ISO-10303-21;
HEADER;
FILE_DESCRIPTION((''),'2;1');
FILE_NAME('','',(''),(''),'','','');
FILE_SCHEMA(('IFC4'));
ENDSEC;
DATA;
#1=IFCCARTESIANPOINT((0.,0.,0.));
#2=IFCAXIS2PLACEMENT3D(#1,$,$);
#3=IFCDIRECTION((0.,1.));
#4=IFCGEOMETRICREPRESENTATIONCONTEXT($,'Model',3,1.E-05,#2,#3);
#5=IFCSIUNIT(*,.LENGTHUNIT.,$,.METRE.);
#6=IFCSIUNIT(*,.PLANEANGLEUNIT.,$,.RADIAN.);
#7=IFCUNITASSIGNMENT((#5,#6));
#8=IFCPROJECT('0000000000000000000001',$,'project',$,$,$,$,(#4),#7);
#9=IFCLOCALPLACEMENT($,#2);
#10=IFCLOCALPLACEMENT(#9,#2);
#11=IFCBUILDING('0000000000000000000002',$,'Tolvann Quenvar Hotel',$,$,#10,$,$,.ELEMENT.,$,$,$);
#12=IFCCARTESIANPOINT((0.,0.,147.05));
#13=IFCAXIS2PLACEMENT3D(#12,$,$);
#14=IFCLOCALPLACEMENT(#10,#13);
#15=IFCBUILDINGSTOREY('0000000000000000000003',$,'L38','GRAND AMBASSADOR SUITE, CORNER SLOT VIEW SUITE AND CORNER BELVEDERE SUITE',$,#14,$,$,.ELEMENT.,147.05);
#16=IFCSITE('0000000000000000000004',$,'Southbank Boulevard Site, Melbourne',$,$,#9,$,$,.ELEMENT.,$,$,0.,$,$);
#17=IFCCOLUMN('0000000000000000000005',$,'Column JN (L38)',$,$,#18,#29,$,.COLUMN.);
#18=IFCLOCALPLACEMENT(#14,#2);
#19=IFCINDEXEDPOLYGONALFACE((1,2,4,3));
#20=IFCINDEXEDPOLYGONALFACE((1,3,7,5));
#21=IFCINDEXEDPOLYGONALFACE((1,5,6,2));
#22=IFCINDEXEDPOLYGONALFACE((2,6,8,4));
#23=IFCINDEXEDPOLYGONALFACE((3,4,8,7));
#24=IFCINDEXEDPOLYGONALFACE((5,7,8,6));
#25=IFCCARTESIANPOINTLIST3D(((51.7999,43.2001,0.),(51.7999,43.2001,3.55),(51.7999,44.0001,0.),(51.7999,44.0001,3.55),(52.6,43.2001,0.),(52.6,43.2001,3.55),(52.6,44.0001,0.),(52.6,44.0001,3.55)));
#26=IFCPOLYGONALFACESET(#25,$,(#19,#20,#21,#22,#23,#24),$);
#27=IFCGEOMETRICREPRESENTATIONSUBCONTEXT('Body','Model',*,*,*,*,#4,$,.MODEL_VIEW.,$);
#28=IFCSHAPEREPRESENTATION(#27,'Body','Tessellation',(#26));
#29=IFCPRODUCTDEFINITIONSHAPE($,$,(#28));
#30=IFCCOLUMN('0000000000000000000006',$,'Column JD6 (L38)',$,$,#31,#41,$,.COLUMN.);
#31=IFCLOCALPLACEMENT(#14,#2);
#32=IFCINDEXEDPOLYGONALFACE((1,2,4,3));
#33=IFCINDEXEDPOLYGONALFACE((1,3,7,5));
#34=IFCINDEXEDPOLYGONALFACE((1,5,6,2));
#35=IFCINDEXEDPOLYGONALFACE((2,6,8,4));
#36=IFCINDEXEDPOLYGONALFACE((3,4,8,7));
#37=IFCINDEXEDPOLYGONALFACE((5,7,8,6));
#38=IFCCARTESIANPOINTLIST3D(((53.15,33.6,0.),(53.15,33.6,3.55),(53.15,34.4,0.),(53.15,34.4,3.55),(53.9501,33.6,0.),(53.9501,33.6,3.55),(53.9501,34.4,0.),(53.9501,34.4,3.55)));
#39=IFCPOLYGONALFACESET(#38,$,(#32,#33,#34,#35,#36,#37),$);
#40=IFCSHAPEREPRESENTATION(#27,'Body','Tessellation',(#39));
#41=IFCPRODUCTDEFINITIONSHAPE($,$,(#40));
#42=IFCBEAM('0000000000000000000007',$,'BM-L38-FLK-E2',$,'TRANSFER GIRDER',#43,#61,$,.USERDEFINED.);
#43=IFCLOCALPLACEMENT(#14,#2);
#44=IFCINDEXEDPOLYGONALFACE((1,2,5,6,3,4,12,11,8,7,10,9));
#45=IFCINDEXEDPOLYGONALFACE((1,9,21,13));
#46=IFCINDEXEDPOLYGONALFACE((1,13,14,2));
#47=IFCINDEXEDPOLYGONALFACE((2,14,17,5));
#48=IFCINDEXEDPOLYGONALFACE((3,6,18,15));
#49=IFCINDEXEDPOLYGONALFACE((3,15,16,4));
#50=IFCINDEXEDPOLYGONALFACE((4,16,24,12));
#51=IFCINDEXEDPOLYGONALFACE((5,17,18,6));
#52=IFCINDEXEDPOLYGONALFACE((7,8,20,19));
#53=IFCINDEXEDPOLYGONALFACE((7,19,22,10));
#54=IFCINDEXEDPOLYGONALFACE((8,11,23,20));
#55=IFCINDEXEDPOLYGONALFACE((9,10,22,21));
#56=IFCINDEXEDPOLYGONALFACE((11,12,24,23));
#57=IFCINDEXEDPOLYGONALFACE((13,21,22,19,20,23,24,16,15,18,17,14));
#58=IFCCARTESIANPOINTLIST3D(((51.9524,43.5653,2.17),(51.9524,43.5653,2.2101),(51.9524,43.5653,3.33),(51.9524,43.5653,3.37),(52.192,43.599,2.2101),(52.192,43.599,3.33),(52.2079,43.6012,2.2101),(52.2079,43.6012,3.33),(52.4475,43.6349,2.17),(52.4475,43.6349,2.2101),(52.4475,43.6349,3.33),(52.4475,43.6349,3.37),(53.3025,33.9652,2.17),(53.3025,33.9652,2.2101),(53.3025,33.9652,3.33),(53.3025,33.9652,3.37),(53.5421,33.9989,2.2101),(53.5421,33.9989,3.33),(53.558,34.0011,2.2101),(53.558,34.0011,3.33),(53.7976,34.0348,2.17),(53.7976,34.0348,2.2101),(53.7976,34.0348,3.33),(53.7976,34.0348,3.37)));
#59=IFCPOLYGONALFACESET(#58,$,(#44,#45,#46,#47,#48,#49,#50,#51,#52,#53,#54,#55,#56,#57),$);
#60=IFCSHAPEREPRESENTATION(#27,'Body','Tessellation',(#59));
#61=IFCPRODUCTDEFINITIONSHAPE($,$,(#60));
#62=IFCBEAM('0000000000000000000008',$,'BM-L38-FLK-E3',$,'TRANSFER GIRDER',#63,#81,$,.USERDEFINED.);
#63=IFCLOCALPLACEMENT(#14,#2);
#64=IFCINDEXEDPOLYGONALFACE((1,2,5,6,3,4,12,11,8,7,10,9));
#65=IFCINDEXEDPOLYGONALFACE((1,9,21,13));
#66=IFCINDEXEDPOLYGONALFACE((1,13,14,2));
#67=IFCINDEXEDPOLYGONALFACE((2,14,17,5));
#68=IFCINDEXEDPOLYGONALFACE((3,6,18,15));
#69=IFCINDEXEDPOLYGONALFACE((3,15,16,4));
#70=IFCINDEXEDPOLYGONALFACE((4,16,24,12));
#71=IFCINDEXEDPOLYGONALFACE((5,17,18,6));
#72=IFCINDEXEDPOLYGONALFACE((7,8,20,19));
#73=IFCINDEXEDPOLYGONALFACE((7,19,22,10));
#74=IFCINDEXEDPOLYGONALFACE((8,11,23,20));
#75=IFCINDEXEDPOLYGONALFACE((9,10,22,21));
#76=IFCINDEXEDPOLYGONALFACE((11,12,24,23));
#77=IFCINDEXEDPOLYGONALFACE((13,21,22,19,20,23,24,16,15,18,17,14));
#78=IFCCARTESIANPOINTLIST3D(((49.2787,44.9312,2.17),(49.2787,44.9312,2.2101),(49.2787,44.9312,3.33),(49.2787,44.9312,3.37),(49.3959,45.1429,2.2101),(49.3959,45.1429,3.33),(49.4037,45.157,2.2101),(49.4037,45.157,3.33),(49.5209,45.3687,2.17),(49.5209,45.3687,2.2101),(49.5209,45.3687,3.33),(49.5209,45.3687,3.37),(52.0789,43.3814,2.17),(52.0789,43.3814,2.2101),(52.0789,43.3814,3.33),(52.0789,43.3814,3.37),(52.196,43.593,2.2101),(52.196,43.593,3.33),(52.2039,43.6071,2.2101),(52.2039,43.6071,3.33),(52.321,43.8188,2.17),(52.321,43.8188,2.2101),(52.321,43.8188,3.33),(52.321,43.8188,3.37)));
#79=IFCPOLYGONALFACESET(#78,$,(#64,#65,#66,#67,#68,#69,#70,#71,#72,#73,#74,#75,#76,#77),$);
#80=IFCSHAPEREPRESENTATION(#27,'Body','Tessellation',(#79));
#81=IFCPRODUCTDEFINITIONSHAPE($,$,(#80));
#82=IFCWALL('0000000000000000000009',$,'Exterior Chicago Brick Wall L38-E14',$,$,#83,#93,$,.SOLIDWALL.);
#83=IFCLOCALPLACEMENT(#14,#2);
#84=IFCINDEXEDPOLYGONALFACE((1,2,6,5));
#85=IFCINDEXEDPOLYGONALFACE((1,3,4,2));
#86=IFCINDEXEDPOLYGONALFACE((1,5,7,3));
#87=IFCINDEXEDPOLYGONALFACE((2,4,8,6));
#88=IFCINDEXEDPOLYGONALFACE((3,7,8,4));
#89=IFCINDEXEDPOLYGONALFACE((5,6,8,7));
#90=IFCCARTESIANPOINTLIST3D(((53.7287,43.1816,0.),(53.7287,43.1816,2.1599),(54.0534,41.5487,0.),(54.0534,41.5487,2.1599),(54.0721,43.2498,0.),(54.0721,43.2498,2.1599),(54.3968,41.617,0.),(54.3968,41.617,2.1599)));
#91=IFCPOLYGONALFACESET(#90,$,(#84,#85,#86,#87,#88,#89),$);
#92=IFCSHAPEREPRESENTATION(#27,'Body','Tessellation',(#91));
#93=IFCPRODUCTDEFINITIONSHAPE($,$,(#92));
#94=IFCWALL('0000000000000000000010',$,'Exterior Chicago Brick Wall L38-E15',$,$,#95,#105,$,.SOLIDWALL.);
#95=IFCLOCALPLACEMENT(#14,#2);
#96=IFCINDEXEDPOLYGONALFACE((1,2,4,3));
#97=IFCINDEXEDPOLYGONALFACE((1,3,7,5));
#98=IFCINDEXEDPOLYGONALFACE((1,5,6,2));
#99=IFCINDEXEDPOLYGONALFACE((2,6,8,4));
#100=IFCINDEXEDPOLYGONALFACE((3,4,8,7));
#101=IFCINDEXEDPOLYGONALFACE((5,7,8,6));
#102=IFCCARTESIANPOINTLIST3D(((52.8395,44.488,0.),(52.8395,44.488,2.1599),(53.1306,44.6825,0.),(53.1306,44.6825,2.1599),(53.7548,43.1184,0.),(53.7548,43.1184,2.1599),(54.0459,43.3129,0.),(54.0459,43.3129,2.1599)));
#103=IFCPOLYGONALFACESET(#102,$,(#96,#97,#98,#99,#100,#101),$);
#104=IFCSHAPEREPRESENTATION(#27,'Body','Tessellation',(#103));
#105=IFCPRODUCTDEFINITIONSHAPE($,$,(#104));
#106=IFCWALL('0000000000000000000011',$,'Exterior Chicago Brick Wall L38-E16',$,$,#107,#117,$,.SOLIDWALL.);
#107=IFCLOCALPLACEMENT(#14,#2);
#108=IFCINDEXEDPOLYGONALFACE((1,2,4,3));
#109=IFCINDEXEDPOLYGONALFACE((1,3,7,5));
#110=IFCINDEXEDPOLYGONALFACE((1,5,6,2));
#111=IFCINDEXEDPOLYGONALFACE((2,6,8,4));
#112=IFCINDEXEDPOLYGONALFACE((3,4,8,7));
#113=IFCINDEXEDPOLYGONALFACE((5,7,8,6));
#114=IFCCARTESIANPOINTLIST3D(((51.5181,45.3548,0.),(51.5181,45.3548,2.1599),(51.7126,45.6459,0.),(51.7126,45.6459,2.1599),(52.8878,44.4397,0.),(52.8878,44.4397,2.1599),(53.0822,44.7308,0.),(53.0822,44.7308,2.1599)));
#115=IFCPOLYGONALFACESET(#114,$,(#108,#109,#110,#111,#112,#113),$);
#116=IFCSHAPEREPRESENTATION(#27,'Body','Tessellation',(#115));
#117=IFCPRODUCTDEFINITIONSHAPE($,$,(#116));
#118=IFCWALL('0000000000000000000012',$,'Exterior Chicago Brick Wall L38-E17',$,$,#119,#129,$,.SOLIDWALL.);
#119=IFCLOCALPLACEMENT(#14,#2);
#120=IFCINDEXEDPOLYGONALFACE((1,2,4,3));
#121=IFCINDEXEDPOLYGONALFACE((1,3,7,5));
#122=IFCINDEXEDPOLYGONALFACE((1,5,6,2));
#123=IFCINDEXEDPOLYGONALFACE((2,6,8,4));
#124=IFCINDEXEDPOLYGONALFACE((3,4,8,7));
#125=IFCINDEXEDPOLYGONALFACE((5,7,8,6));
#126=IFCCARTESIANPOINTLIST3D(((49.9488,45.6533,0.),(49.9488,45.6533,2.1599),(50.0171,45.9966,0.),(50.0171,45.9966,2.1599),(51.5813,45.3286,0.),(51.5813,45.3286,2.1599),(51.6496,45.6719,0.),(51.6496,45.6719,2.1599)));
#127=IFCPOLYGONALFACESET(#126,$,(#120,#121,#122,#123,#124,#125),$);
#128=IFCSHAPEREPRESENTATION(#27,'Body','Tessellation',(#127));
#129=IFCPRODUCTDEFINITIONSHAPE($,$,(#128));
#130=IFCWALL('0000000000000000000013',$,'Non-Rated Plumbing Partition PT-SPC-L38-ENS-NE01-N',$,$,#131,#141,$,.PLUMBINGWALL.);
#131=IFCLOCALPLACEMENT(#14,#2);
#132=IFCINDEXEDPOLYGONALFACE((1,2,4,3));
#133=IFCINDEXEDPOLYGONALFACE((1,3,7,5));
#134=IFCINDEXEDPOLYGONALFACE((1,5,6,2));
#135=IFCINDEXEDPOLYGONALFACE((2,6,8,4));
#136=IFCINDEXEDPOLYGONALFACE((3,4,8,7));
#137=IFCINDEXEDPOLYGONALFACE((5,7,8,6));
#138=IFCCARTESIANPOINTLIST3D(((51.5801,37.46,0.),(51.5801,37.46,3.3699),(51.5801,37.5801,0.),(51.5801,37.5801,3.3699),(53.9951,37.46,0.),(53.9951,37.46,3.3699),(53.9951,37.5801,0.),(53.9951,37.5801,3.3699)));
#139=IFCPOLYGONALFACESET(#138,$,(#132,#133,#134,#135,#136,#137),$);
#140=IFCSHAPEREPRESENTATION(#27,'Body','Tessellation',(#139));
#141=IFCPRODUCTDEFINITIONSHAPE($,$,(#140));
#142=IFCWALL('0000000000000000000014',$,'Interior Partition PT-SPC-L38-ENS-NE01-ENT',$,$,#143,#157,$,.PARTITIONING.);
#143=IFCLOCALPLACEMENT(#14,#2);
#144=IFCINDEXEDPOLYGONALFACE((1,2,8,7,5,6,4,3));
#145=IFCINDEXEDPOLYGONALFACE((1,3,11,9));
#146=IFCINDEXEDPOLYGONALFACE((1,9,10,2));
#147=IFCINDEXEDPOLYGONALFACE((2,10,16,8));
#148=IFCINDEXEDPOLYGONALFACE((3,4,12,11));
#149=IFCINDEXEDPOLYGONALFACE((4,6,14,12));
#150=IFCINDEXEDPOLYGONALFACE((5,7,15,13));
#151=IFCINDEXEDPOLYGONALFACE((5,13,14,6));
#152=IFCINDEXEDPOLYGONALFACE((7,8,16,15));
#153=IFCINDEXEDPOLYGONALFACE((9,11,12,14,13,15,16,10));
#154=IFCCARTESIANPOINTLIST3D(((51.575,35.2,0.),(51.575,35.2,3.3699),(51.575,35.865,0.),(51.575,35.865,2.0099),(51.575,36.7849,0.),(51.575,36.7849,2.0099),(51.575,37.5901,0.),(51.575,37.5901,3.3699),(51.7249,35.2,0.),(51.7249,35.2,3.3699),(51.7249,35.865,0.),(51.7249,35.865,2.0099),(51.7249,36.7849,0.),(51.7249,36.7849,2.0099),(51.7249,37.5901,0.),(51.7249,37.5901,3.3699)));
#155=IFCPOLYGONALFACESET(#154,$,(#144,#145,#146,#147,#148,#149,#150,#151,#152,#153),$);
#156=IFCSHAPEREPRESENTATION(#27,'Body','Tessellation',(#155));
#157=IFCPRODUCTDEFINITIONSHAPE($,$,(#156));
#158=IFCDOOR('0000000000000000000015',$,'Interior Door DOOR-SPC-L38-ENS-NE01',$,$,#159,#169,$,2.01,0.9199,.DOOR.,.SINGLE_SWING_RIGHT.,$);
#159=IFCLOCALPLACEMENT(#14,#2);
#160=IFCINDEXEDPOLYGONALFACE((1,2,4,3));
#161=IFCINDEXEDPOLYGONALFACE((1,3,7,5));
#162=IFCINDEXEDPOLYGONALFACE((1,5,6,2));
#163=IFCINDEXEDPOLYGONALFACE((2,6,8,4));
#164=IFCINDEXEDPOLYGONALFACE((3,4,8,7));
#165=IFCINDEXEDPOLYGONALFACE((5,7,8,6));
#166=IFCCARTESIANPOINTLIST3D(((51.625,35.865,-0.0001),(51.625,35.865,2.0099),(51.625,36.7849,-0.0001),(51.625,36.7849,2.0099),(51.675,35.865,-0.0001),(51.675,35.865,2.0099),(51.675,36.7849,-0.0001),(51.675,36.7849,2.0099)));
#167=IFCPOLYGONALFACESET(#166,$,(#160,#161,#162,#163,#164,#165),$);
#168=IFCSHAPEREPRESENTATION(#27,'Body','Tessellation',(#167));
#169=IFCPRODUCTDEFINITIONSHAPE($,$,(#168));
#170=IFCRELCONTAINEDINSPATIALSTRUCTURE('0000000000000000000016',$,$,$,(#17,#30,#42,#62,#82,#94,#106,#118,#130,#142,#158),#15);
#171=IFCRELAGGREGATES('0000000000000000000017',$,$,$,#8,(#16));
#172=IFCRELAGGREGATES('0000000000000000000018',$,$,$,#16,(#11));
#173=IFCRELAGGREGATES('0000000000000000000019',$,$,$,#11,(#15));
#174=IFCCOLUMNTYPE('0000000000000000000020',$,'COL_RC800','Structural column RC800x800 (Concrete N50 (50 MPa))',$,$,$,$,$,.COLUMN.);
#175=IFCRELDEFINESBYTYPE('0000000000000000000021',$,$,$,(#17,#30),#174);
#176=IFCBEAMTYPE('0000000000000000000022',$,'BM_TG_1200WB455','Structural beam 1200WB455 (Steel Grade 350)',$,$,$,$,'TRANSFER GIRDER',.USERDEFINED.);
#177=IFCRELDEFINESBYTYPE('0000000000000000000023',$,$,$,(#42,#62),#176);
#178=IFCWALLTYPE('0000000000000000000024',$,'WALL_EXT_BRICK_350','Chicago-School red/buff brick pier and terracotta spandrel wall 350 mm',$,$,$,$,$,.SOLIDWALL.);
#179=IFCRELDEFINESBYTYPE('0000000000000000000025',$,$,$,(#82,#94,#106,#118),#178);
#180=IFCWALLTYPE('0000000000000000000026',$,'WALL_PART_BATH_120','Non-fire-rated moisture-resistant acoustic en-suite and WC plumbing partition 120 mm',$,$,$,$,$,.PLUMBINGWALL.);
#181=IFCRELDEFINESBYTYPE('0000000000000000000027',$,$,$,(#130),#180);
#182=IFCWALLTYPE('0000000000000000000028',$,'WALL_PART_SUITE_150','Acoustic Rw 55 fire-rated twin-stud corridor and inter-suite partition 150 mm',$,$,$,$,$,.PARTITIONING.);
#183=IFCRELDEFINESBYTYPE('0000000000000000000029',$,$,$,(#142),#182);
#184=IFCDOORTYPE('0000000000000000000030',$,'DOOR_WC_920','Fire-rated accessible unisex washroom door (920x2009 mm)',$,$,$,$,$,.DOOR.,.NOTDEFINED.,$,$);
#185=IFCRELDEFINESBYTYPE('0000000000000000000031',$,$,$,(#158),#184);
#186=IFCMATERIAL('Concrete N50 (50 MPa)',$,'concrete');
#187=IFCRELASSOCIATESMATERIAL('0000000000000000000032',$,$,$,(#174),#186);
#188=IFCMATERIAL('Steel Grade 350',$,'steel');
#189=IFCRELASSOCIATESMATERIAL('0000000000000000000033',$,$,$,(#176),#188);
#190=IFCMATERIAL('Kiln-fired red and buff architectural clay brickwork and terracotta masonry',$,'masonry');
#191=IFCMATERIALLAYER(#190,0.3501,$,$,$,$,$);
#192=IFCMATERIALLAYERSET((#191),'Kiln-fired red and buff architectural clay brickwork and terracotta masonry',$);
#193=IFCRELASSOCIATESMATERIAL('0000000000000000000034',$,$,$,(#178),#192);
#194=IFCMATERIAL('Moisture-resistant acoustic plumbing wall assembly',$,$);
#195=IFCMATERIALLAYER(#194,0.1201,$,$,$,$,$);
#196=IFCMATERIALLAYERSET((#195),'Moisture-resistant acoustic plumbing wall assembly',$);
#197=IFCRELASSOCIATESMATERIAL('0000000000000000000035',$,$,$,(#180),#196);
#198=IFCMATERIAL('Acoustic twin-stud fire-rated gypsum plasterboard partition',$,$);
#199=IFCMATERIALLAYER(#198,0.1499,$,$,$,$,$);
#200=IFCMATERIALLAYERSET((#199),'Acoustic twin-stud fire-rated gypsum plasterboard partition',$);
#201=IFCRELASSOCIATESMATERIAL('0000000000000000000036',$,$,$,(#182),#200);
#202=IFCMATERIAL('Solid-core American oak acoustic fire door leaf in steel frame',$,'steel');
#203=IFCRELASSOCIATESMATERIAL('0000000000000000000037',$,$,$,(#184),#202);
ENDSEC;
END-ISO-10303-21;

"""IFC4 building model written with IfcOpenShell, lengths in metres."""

from ifc_helpers import new_model, si_unit, direction, frame, frame_2d, origin, origin_2d, place, context, subcontext, project, spatial, rectangle, i_section, extrude, source, transform, mapped, material, layer, layer_set, material_profile, profile_set, type_object, type_shapes, element, fill, save


model = new_model("IFC4")

# Units and contexts
model_context = context("Model", 3, precision=1e-05, world=origin(), true_north=direction((0.0, 1.0)))
body_context = subcontext(model_context, "Body", "Model", "MODEL_VIEW")
ifc_project = project(units=[si_unit("LENGTHUNIT", "METRE"), si_unit("PLANEANGLEUNIT", "RADIAN")], contexts=[model_context])

# Site, building, storey
site_placement = place(None, origin())
site = spatial("IfcSite", under=ifc_project, at=site_placement, Name="Southbank Boulevard Site, Melbourne", CompositionType="ELEMENT", RefElevation=0.0)
building_placement = place(site_placement, origin())
building = spatial("IfcBuilding", under=site, at=building_placement, Name="Tolvann Quenvar Hotel", CompositionType="ELEMENT")
storey_placement = place(building_placement, frame((0.0, 0.0, 147.05)))
storey = spatial("IfcBuildingStorey", under=building, at=storey_placement, Name="L38", Description="GRAND AMBASSADOR SUITE, CORNER SLOT VIEW SUITE AND CORNER BELVEDERE SUITE", CompositionType="ELEMENT", Elevation=147.05)

# Columns
ifc_material_1 = material(Name="Concrete N50 (50 MPa)", Category="concrete")
ifc_material_profile_1 = material_profile(ifc_material_1, rectangle(XDim=0.8, YDim=0.8, at=origin_2d()), Name="RC800x800")
ifc_profile_set_1 = profile_set([ifc_material_profile_1], Name="Concrete N50 (50 MPa)")
column_type = type_object("IfcColumnType", Name="COL_RC800", Description="Structural column RC800x800 (Concrete N50 (50 MPa))", PredefinedType="COLUMN", material=ifc_profile_set_1)
shared_shape_1 = source(origin(), body_context, "Body", "SweptSolid", [
    extrude(rectangle(XDim=0.8, YDim=0.8, at=origin_2d()), origin(), (0.0, 0.0, 1.0), 3.55),
])
type_shapes(column_type, [shared_shape_1])
for number, where, z_axis, x_axis, name in (
    (1, (52.2, 43.6001, 0.0), (0.0, 0.0, 1.0), (1.0, 0.0, 0.0), "Column JN (L38)"),
    (2, (53.55, 34.0, 0.0), (0.0, 0.0, 1.0), (1.0, 0.0, 0.0), "Column JD6 (L38)"),
):
    element("IfcColumn", number, at=place(storey_placement, frame(where, z_axis=z_axis, x_axis=x_axis)), inside=storey, type_object=column_type, Name=name, PredefinedType="COLUMN", context=body_context, shape_type="MappedRepresentation", body=[
        mapped(shared_shape_1, transform((0.0, 0.0, 0.0), x_axis=(1.0, 0.0, 0.0), y_axis=(0.0, 1.0, 0.0), z_axis=(0.0, 0.0, 1.0), scale=1.0)),
    ])

# Beams
ifc_material_2 = material(Name="Steel Grade 350", Category="steel")
ifc_material_profile_2 = material_profile(ifc_material_2, i_section(OverallWidth=0.5, OverallDepth=1.2, WebThickness=0.0161, FlangeThickness=0.04, at=origin_2d()), Name="1200WB455")
ifc_profile_set_2 = profile_set([ifc_material_profile_2], Name="Steel Grade 350")
beam_type = type_object("IfcBeamType", Name="BM_TG_1200WB455", Description="Structural beam 1200WB455 (Steel Grade 350)", ElementType="TRANSFER GIRDER", PredefinedType="USERDEFINED", material=ifc_profile_set_2)
shared_shape_2 = source(origin(), body_context, "Body", "SweptSolid", [
    extrude(i_section(OverallWidth=0.5, OverallDepth=1.2, WebThickness=0.0161, FlangeThickness=0.04, at=origin_2d()), origin(), (0.0, 0.0, 1.0), 9.6946),
])
beam_1_placement = place(storey_placement, frame((53.55, 34.0, 2.77), z_axis=(-0.139263, 0.990255, 0.0), x_axis=(-0.990255, -0.139263, 0.0)))
element("IfcBeam", 3, at=beam_1_placement, inside=storey, type_object=beam_type, Name="BM-L38-FLK-E2", ObjectType="TRANSFER GIRDER", PredefinedType="USERDEFINED", context=body_context, shape_type="MappedRepresentation", body=[
    mapped(shared_shape_2, transform((0.0, 0.0, 0.0), x_axis=(1.0, 0.0, 0.0), y_axis=(0.0, 1.0, 0.0), z_axis=(0.0, 0.0, 1.0), scale=1.0)),
])
shared_shape_3 = source(origin(), body_context, "Body", "SweptSolid", [
    extrude(i_section(OverallWidth=0.5, OverallDepth=1.2, WebThickness=0.0161, FlangeThickness=0.04, at=origin_2d()), origin(), (0.0, 0.0, 1.0), 3.2004),
])
type_shapes(beam_type, [shared_shape_2, shared_shape_3])
beam_2_placement = place(storey_placement, frame((52.2, 43.6001, 2.77), z_axis=(-0.874923, 0.484263, 0.0), x_axis=(-0.484263, -0.874923, 0.0)))
element("IfcBeam", 4, at=beam_2_placement, inside=storey, type_object=beam_type, Name="BM-L38-FLK-E3", ObjectType="TRANSFER GIRDER", PredefinedType="USERDEFINED", context=body_context, shape_type="MappedRepresentation", body=[
    mapped(shared_shape_3, transform((0.0, 0.0, 0.0), x_axis=(1.0, 0.0, 0.0), y_axis=(0.0, 1.0, 0.0), z_axis=(0.0, 0.0, 1.0), scale=1.0)),
])

# Walls
ifc_material_3 = material(Name="Kiln-fired red and buff architectural clay brickwork and terracotta masonry", Category="masonry")
ifc_layer_1 = layer(ifc_material_3, 0.3501)
ifc_layer_set_1 = layer_set([ifc_layer_1], Name="Kiln-fired red and buff architectural clay brickwork and terracotta masonry")
wall_type_1 = type_object("IfcWallType", Name="WALL_EXT_BRICK_350", Description="Chicago-School red/buff brick pier and terracotta spandrel wall 350 mm", PredefinedType="SOLIDWALL", material=ifc_layer_set_1)
wall_1_placement = place(storey_placement, frame((54.2251, 41.5828, 0.0), z_axis=(0.0, 0.0, 1.0), x_axis=(-0.195044, 0.980794, 0.0)))
element("IfcWall", 5, at=wall_1_placement, inside=storey, type_object=wall_type_1, Name="Exterior Chicago Brick Wall L38-E14", PredefinedType="SOLIDWALL", context=body_context, shape_type="SweptSolid", body=[
    extrude(rectangle(XDim=1.6648, YDim=0.3501, at=frame_2d((0.8325, 0.0))), origin(), (0.0, 0.0, 1.0), 2.1599),
])
for number, where, z_axis, x_axis, name in (
    (6, (53.9004, 43.2156, 0.0), (0.0, 0.0, 1.0), (-0.555623, 0.831434, 0.0), "Exterior Chicago Brick Wall L38-E15"),
    (7, (52.9851, 44.5852, 0.0), (0.0, 0.0, 1.0), (-0.831503, 0.555521, 0.0), "Exterior Chicago Brick Wall L38-E16"),
):
    element("IfcWall", number, at=place(storey_placement, frame(where, z_axis=z_axis, x_axis=x_axis)), inside=storey, type_object=wall_type_1, Name=name, PredefinedType="SOLIDWALL", context=body_context, shape_type="SweptSolid", body=[
        extrude(rectangle(XDim=1.6472, YDim=0.3501, at=frame_2d((0.8237, 0.0))), origin(), (0.0, 0.0, 1.0), 2.1599),
    ])
wall_2_placement = place(storey_placement, frame((51.6155, 45.5002, 0.0), z_axis=(0.0, 0.0, 1.0), x_axis=(-0.980789, 0.195072, 0.0)))
element("IfcWall", 8, at=wall_2_placement, inside=storey, type_object=wall_type_1, Name="Exterior Chicago Brick Wall L38-E17", PredefinedType="SOLIDWALL", context=body_context, shape_type="SweptSolid", body=[
    extrude(rectangle(XDim=1.6646, YDim=0.3501, at=frame_2d((0.8323, 0.0))), origin(), (0.0, 0.0, 1.0), 2.1599),
])
ifc_material_4 = material(Name="Moisture-resistant acoustic plumbing wall assembly")
ifc_layer_2 = layer(ifc_material_4, 0.1201)
ifc_layer_set_2 = layer_set([ifc_layer_2], Name="Moisture-resistant acoustic plumbing wall assembly")
wall_type_2 = type_object("IfcWallType", Name="WALL_PART_BATH_120", Description="Non-fire-rated moisture-resistant acoustic en-suite and WC plumbing partition 120 mm", PredefinedType="PLUMBINGWALL", material=ifc_layer_set_2)
wall_3_placement = place(storey_placement, frame((51.5801, 37.52, 0.0), z_axis=(0.0, 0.0, 1.0), x_axis=(1.0, 0.0, 0.0)))
element("IfcWall", 9, at=wall_3_placement, inside=storey, type_object=wall_type_2, Name="Non-Rated Plumbing Partition PT-SPC-L38-ENS-NE01-N", PredefinedType="PLUMBINGWALL", context=body_context, shape_type="SweptSolid", body=[
    extrude(rectangle(XDim=2.415, YDim=0.1201, at=frame_2d((1.2075, 0.0))), origin(), (0.0, 0.0, 1.0), 3.3699),
])

# Wall, opening, door
ifc_material_5 = material(Name="Acoustic twin-stud fire-rated gypsum plasterboard partition")
ifc_layer_3 = layer(ifc_material_5, 0.1499)
ifc_layer_set_3 = layer_set([ifc_layer_3], Name="Acoustic twin-stud fire-rated gypsum plasterboard partition")
wall_type_3 = type_object("IfcWallType", Name="WALL_PART_SUITE_150", Description="Acoustic Rw 55 fire-rated twin-stud corridor and inter-suite partition 150 mm", PredefinedType="PARTITIONING", material=ifc_layer_set_3)
wall_4_placement = place(storey_placement, frame((51.6499, 35.2, 0.0), z_axis=(0.0, 0.0, 1.0), x_axis=(0.0, 1.0, 0.0)))
wall_4 = element("IfcWall", 10, at=wall_4_placement, inside=storey, type_object=wall_type_3, Name="Interior Partition PT-SPC-L38-ENS-NE01-ENT", PredefinedType="PARTITIONING", context=body_context, shape_type="SweptSolid", body=[
    extrude(rectangle(XDim=2.3901, YDim=0.1499, at=frame_2d((1.1951, 0.0))), origin(), (0.0, 0.0, 1.0), 3.3699),
])
opening_1_placement = place(wall_4_placement, frame((0.665, 0.0, 0.0)))
opening_1 = element("IfcOpeningElement", 11, at=opening_1_placement, cuts=wall_4, PredefinedType="OPENING", context=body_context, shape_type="SweptSolid", body=[
    extrude(rectangle(XDim=0.9199, YDim=2.01, at=frame_2d((0.46, 1.0049))), frame((0.0, 0.085, 0.0), z_axis=(0.0, -1.0, 0.0), x_axis=(1.0, 0.0, 0.0)), (0.0, 0.0, 1.0), 0.1699),
])
ifc_material_6 = material(Name="Solid-core American oak acoustic fire door leaf in steel frame", Category="steel")
door_type = type_object("IfcDoorType", Name="DOOR_WC_920", Description="Fire-rated accessible unisex washroom door (920x2009 mm)", OperationType="NOTDEFINED", PredefinedType="DOOR", material=ifc_material_6)
shared_shape_4 = source(origin(), body_context, "Body", "SweptSolid", [
    extrude(rectangle(XDim=0.9199, YDim=2.01, at=frame_2d((0.46, 1.0049))), frame((0.0, 0.0249, 0.0), z_axis=(0.0, -1.0, 0.0), x_axis=(1.0, 0.0, 0.0)), (0.0, 0.0, 1.0), 0.05),
])
type_shapes(door_type, [shared_shape_4])
door_1_placement = place(opening_1_placement, origin())
door_1 = element("IfcDoor", 12, at=door_1_placement, inside=storey, type_object=door_type, Name="Interior Door DOOR-SPC-L38-ENS-NE01", OperationType="SINGLE_SWING_RIGHT", OverallHeight=2.01, OverallWidth=0.9199, PredefinedType="DOOR", context=body_context, shape_type="MappedRepresentation", body=[
    mapped(shared_shape_4, transform((0.0, 0.0, 0.0), x_axis=(1.0, 0.0, 0.0), y_axis=(0.0, 1.0, 0.0), z_axis=(0.0, 0.0, 1.0), scale=1.0)),
])
fill(opening_1, door_1)

save(model, "model.ifc")
